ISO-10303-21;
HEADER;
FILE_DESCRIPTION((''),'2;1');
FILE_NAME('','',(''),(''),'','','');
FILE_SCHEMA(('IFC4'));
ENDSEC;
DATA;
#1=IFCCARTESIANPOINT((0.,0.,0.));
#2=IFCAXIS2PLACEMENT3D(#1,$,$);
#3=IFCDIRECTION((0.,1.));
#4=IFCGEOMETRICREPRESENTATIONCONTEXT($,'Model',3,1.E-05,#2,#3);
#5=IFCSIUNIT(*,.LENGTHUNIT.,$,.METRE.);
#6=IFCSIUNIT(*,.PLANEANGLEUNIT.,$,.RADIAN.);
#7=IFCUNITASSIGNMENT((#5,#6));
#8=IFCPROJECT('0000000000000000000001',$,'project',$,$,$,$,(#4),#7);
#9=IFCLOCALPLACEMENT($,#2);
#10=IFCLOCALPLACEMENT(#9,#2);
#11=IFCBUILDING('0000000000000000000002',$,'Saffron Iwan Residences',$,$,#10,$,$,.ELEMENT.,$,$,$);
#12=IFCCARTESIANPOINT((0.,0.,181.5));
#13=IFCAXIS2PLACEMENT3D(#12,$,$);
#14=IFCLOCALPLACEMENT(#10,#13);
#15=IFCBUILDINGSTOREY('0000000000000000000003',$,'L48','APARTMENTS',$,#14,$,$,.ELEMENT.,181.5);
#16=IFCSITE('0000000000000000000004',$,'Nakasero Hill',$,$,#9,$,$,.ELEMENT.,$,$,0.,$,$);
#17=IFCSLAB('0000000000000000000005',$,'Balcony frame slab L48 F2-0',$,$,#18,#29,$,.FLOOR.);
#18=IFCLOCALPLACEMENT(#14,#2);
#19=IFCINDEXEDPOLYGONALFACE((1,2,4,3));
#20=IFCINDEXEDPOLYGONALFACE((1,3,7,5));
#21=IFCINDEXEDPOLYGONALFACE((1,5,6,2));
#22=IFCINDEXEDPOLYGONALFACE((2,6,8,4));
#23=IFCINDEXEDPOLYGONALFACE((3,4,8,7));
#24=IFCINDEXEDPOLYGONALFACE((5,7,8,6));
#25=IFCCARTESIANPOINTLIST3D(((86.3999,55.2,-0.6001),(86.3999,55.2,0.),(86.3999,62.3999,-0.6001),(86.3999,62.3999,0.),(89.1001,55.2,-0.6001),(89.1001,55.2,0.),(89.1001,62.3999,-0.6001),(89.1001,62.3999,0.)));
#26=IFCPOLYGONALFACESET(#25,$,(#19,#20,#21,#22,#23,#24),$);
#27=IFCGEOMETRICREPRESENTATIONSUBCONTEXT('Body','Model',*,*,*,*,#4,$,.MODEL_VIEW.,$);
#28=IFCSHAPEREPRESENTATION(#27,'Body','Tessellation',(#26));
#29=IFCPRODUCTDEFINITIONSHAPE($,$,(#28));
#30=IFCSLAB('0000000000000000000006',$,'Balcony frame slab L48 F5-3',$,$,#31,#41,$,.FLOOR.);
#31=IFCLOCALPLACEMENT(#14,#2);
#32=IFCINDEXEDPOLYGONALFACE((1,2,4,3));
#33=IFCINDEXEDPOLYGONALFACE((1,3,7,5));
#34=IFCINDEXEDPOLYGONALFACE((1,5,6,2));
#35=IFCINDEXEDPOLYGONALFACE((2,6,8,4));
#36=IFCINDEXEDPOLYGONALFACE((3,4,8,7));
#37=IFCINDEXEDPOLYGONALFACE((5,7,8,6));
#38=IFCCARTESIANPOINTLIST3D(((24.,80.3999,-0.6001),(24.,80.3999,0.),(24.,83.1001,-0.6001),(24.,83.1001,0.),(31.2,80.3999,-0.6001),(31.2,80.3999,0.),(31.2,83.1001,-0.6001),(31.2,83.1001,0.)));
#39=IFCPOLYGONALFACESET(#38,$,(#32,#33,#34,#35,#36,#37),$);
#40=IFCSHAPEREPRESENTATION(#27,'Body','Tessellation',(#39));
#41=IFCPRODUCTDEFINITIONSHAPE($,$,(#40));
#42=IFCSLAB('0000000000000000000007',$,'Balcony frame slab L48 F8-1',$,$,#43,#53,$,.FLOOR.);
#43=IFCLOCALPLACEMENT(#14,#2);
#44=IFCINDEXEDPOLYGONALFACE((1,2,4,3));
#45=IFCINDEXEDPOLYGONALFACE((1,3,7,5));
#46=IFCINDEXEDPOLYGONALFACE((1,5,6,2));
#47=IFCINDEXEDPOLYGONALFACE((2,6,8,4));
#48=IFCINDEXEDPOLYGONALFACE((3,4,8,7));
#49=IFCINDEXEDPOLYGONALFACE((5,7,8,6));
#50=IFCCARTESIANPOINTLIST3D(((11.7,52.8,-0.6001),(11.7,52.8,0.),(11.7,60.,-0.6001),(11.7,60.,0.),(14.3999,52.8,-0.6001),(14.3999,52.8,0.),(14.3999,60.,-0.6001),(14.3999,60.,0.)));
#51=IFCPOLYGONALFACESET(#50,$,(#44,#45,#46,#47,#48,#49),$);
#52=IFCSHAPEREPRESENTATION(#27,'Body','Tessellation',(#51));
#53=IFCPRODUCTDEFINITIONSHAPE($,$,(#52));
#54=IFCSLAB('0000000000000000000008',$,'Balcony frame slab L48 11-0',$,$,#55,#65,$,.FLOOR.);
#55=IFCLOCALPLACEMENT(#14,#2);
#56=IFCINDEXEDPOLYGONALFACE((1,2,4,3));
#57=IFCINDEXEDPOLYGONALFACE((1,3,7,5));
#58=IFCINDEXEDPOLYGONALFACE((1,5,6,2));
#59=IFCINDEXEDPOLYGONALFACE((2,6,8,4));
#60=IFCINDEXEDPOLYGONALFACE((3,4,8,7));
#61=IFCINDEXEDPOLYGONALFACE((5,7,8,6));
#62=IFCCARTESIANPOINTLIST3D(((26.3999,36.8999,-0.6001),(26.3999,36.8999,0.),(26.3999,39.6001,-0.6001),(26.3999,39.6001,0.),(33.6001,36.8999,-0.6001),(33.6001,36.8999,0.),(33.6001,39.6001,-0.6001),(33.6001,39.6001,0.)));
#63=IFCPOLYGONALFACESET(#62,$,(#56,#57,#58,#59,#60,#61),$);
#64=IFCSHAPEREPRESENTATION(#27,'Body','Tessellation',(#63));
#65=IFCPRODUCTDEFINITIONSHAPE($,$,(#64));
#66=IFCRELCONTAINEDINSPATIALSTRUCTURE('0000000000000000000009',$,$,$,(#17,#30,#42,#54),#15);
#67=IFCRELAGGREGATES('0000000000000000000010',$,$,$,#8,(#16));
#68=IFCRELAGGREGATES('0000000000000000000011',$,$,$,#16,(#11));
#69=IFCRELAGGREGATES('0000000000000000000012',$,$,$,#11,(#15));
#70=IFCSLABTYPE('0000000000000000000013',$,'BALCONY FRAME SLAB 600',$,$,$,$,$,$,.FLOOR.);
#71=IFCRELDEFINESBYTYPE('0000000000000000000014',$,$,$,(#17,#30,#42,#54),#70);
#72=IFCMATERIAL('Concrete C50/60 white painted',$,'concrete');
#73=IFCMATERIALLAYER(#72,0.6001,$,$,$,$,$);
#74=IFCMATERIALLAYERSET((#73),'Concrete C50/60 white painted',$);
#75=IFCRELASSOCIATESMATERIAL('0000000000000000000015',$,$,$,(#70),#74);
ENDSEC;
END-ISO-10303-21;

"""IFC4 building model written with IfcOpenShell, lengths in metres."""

from ifc_helpers import new_model, si_unit, direction, frame, origin, place, context, subcontext, project, spatial, polyline, outline, extrude, material, layer, layer_set, type_object, element, save


model = new_model("IFC4")

# Units and contexts
model_context = context("Model", 3, precision=1e-05, world=origin(), true_north=direction((0.0, 1.0)))
body_context = subcontext(model_context, "Body", "Model", "MODEL_VIEW")
ifc_project = project(units=[si_unit("LENGTHUNIT", "METRE"), si_unit("PLANEANGLEUNIT", "RADIAN")], contexts=[model_context])

# Site, building, storey
site_placement = place(None, origin())
site = spatial("IfcSite", under=ifc_project, at=site_placement, Name="Nakasero Hill", CompositionType="ELEMENT", RefElevation=0.0)
building_placement = place(site_placement, origin())
building = spatial("IfcBuilding", under=site, at=building_placement, Name="Saffron Iwan Residences", CompositionType="ELEMENT")
storey_placement = place(building_placement, frame((0.0, 0.0, 181.5)))
storey = spatial("IfcBuildingStorey", under=building, at=storey_placement, Name="L48", Description="APARTMENTS", CompositionType="ELEMENT", Elevation=181.5)

# Slabs
ifc_material_1 = material(Name="Concrete C50/60 white painted", Category="concrete")
ifc_layer_1 = layer(ifc_material_1, 0.6001)
ifc_layer_set_1 = layer_set([ifc_layer_1], Name="Concrete C50/60 white painted")
slab_type_1 = type_object("IfcSlabType", Name="BALCONY FRAME SLAB 600", PredefinedType="FLOOR", material=ifc_layer_set_1)
slab_1_placement = place(storey_placement, frame((0.0, 0.0, -0.6001)))
element("IfcSlab", 1, at=slab_1_placement, inside=storey, type_object=slab_type_1, Name="Balcony frame slab L48 F2-0", PredefinedType="FLOOR", context=body_context, shape_type="SweptSolid", body=[
    extrude(outline(polyline([(89.1001, 55.2), (89.1001, 62.3999), (86.3999, 62.3999), (86.3999, 55.2), (89.1001, 55.2)])), origin(), (0.0, 0.0, 1.0), 0.6001),
])
slab_2_placement = place(storey_placement, frame((0.0, 0.0, -0.6001)))
element("IfcSlab", 2, at=slab_2_placement, inside=storey, type_object=slab_type_1, Name="Balcony frame slab L48 F5-3", PredefinedType="FLOOR", context=body_context, shape_type="SweptSolid", body=[
    extrude(outline(polyline([(31.2, 83.1001), (24.0, 83.1001), (24.0, 80.3999), (31.2, 80.3999), (31.2, 83.1001)])), origin(), (0.0, 0.0, 1.0), 0.6001),
])
slab_3_placement = place(storey_placement, frame((0.0, 0.0, -0.6001)))
element("IfcSlab", 3, at=slab_3_placement, inside=storey, type_object=slab_type_1, Name="Balcony frame slab L48 F8-1", PredefinedType="FLOOR", context=body_context, shape_type="SweptSolid", body=[
    extrude(outline(polyline([(11.7, 60.0), (11.7, 52.8), (14.3999, 52.8), (14.3999, 60.0), (11.7, 60.0)])), origin(), (0.0, 0.0, 1.0), 0.6001),
])
slab_4_placement = place(storey_placement, frame((0.0, 0.0, -0.6001)))
element("IfcSlab", 4, at=slab_4_placement, inside=storey, type_object=slab_type_1, Name="Balcony frame slab L48 11-0", PredefinedType="FLOOR", context=body_context, shape_type="SweptSolid", body=[
    extrude(outline(polyline([(26.3999, 36.8999), (33.6001, 36.8999), (33.6001, 39.6001), (26.3999, 39.6001), (26.3999, 36.8999)])), origin(), (0.0, 0.0, 1.0), 0.6001),
])

save(model, "model.ifc")
